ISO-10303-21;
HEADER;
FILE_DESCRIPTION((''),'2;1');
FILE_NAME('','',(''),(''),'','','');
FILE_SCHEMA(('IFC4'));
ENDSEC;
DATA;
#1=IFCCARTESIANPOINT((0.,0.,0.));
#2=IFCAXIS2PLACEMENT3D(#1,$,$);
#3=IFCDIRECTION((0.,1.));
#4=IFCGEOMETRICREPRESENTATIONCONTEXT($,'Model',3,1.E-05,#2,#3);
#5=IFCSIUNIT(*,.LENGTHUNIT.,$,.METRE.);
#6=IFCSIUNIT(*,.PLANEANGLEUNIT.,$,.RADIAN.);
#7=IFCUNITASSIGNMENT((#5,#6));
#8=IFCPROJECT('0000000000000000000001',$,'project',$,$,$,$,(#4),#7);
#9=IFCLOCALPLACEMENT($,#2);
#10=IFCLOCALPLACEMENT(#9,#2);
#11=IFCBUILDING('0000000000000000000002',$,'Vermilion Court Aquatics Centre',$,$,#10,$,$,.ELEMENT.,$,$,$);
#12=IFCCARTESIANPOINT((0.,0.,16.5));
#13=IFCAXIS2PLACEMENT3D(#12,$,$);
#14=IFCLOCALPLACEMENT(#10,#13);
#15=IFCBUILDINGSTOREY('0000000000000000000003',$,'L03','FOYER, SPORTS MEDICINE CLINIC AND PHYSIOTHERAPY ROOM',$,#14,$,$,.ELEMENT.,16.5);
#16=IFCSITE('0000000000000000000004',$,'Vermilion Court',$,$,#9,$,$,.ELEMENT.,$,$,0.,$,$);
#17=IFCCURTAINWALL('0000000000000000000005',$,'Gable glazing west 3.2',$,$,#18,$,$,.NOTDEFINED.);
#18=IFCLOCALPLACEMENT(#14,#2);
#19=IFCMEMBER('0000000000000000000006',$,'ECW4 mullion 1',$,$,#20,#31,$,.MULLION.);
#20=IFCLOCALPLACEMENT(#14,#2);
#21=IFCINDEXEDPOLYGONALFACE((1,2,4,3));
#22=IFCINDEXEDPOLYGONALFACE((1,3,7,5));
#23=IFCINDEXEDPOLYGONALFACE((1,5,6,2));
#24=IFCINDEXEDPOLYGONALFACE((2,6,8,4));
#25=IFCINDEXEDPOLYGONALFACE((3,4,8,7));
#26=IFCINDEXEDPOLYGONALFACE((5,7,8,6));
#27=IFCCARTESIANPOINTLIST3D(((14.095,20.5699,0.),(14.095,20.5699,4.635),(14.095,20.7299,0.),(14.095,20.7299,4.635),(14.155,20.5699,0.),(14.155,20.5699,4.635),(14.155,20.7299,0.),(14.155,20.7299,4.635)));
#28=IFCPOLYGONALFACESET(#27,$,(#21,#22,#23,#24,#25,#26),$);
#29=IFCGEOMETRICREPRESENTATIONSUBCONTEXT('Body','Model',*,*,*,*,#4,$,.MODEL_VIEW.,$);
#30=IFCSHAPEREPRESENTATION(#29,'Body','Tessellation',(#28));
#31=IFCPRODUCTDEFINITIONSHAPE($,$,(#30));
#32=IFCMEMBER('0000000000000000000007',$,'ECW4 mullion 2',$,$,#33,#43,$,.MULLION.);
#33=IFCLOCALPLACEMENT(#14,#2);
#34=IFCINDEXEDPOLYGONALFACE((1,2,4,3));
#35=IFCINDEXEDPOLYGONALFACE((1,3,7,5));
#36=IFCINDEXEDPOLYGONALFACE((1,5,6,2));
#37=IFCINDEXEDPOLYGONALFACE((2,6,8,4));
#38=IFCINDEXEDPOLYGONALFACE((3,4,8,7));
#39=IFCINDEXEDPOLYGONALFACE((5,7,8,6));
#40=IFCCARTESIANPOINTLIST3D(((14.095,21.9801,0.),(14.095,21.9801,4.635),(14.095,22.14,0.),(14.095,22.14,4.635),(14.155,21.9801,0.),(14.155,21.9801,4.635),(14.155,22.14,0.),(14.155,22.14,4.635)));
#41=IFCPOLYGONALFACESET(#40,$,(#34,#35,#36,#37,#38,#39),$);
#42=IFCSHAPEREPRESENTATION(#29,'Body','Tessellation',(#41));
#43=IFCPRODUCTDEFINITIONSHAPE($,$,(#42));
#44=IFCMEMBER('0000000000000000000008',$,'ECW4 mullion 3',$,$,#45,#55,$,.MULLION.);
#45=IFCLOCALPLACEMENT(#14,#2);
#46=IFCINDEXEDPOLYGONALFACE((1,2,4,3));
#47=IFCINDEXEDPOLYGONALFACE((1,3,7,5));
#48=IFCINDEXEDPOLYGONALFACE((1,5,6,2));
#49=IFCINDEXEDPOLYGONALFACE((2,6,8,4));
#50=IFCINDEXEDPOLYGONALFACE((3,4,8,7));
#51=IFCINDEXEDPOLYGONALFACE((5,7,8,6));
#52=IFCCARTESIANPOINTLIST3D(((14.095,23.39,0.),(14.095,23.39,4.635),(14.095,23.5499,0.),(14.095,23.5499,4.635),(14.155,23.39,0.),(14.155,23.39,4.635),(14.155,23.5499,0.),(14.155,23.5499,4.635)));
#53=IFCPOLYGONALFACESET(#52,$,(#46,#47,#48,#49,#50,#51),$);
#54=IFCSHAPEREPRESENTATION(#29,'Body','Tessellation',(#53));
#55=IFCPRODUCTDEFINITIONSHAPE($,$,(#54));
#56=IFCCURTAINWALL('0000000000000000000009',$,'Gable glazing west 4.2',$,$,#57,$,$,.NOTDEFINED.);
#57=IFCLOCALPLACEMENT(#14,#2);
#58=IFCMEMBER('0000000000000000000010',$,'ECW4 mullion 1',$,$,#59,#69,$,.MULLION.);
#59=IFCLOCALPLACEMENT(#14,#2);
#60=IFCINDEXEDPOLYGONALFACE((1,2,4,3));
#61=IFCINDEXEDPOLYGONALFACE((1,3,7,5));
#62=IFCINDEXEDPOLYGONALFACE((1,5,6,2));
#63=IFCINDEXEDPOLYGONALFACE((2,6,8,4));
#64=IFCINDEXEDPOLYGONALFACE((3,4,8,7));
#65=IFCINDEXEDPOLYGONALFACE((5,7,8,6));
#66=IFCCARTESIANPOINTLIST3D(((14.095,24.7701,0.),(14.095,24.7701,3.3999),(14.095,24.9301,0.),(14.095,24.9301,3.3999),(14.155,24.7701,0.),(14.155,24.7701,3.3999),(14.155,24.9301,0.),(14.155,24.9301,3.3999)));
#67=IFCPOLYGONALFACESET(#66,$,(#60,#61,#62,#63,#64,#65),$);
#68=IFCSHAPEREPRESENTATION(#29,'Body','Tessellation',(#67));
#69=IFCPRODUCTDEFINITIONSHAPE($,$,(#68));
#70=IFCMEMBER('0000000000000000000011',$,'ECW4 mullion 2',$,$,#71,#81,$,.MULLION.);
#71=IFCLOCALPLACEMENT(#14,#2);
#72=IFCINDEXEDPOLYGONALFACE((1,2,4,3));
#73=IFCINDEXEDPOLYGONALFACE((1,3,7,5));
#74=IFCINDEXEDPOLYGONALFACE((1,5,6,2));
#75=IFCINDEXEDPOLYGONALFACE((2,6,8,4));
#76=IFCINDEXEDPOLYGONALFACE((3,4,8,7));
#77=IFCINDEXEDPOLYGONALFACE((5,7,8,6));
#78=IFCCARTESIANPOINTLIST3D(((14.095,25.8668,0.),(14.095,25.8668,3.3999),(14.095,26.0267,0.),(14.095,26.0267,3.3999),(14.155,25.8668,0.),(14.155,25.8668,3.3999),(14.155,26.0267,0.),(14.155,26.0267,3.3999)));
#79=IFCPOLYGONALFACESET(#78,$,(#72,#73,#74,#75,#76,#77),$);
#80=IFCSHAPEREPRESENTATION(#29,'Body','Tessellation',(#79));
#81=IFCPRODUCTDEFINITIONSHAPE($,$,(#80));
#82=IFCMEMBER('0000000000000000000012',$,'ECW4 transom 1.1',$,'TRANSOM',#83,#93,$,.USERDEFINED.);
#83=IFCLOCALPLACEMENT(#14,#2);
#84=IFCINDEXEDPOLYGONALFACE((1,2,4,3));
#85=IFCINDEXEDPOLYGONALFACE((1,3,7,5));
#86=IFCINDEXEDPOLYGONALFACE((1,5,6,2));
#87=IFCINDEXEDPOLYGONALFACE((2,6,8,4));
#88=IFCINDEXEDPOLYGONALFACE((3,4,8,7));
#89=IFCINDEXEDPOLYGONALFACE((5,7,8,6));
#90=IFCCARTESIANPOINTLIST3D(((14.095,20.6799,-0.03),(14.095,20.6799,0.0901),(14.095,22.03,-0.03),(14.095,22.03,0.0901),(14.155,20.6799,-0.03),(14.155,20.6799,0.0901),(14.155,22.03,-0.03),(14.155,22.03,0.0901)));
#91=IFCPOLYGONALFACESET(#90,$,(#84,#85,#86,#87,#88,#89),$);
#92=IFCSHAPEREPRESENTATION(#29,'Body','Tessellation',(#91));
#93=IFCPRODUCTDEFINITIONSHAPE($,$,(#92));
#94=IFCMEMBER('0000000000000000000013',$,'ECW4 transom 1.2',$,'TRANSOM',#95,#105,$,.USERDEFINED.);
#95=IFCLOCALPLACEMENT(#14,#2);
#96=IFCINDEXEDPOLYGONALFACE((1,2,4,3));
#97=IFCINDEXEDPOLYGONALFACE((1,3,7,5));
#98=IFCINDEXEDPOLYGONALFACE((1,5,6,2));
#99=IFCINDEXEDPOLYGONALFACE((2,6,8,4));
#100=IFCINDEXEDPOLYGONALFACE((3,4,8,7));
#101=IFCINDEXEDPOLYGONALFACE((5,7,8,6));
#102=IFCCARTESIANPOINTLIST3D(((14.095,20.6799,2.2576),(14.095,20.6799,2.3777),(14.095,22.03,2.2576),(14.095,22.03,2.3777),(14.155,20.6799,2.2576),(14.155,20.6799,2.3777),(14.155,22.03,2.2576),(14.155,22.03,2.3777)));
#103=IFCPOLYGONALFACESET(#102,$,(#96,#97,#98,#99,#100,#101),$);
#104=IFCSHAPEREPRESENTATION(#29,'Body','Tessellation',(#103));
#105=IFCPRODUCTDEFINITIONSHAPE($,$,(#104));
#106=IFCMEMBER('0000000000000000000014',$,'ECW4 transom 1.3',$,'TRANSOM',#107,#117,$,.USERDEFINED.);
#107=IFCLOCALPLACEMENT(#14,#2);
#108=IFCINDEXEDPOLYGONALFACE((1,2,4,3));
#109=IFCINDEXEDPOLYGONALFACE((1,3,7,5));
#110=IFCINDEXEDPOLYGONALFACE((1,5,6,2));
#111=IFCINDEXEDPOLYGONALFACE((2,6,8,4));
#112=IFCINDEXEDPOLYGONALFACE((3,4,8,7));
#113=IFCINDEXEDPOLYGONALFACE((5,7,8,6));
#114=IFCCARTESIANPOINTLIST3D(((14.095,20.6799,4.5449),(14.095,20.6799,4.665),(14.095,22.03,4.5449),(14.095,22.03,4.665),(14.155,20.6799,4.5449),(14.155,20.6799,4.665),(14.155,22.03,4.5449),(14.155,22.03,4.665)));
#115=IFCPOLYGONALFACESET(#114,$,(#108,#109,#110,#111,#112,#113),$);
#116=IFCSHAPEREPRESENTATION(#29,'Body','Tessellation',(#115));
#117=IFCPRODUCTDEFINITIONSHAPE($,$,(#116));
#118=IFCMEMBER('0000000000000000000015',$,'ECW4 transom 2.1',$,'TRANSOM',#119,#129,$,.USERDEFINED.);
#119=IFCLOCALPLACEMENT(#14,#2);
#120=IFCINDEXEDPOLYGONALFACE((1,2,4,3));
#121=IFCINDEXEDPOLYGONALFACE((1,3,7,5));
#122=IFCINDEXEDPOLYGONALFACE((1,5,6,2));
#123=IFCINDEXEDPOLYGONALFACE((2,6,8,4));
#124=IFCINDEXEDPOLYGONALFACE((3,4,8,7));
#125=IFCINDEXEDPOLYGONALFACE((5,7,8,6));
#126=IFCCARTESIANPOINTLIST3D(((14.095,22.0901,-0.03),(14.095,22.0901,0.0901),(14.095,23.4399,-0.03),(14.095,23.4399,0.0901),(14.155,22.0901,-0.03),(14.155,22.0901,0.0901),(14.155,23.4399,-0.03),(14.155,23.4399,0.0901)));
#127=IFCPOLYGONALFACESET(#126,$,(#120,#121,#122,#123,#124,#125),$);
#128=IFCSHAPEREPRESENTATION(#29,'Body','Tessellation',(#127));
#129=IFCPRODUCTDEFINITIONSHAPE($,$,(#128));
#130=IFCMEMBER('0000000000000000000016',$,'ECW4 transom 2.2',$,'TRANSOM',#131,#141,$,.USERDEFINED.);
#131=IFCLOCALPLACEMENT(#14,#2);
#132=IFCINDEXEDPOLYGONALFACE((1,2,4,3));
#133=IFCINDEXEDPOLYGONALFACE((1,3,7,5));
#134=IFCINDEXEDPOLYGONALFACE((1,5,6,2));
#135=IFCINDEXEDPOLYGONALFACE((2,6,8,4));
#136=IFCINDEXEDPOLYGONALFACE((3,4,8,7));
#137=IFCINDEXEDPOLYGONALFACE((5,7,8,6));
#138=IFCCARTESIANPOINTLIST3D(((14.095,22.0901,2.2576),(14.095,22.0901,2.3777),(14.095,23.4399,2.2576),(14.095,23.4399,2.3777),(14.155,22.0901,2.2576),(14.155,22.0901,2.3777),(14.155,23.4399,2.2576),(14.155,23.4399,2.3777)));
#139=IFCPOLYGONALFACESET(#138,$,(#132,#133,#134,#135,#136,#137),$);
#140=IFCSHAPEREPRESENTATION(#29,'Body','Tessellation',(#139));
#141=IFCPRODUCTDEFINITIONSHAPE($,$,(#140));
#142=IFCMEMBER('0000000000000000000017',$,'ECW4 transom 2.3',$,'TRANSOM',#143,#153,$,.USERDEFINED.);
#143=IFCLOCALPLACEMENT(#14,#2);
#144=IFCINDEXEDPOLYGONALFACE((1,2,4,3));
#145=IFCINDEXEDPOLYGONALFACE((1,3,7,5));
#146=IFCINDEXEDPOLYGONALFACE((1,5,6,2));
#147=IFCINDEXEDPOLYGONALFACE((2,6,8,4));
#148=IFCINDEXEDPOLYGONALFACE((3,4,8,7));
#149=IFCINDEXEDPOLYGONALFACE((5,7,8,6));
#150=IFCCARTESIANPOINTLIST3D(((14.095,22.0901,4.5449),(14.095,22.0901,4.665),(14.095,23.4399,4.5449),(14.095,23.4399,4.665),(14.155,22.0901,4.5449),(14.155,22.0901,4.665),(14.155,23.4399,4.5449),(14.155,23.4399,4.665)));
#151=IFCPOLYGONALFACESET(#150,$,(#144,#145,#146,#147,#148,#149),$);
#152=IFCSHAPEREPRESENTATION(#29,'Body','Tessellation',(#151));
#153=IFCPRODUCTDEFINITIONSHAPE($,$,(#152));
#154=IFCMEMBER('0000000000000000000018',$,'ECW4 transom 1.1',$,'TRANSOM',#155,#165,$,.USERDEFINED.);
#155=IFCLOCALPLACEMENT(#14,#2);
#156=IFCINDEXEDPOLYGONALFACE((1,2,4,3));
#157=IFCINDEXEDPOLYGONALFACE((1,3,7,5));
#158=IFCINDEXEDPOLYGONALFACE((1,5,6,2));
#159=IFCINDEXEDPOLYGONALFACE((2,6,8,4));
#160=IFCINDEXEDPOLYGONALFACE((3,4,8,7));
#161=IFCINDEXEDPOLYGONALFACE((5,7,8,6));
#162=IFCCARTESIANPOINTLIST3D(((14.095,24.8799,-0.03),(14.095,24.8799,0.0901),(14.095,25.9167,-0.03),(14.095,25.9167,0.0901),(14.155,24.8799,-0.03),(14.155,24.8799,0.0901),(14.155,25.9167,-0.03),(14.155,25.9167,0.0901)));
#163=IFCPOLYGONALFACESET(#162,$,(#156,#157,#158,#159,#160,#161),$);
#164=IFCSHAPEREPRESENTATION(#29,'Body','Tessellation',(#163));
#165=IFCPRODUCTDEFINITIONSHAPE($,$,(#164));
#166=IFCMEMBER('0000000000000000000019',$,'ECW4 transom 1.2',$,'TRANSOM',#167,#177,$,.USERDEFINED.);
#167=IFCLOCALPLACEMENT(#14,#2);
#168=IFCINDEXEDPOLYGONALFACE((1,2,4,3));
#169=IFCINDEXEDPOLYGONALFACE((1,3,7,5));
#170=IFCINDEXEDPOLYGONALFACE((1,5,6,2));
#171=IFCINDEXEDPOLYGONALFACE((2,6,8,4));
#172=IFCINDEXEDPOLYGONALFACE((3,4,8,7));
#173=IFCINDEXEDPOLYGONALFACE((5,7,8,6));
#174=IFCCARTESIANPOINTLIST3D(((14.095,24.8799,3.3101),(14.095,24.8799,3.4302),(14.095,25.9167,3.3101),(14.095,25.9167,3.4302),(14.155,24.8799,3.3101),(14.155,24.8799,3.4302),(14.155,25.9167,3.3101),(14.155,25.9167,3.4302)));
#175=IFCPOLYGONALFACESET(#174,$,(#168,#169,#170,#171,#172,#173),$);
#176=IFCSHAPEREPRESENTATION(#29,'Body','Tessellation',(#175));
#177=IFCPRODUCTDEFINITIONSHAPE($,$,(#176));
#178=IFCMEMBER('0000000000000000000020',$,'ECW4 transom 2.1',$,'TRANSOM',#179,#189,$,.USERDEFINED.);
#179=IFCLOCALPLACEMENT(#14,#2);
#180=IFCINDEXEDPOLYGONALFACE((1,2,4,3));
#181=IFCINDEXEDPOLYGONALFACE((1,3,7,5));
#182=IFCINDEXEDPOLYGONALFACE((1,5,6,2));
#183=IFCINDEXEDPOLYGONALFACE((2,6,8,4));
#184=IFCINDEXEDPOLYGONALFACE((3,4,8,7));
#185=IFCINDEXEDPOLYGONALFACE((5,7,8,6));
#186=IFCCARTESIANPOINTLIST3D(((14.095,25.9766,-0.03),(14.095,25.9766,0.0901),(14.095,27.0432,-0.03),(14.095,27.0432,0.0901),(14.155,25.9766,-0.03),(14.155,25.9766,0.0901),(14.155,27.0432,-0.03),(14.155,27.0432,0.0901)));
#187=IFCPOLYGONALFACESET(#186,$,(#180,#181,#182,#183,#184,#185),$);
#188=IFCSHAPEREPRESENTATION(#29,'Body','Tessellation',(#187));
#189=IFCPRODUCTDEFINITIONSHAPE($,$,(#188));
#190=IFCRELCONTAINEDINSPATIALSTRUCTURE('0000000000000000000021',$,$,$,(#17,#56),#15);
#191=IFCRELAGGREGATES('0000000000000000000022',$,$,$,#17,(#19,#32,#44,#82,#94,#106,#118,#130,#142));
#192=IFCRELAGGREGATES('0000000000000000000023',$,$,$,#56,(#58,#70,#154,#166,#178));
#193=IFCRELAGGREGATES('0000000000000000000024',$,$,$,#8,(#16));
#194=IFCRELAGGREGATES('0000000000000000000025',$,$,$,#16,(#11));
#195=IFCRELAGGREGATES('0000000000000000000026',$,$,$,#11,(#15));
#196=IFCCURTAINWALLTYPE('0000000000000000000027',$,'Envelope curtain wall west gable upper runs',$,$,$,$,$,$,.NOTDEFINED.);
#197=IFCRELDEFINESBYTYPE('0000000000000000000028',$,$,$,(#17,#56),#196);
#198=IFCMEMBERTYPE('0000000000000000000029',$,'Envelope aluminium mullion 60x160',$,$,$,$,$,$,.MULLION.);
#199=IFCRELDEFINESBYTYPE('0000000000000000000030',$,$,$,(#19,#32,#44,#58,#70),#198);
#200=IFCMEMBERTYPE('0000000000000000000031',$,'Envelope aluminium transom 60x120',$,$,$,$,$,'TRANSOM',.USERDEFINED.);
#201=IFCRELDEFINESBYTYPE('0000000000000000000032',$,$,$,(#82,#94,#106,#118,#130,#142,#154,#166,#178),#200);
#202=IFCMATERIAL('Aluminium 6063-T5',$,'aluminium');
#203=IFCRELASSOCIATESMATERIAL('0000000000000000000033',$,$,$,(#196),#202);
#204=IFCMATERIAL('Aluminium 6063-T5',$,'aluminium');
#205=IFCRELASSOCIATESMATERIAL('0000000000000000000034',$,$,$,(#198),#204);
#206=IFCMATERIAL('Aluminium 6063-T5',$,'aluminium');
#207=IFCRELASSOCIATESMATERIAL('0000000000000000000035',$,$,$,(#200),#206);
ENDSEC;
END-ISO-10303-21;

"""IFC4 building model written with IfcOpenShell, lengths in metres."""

from ifc_helpers import new_model, si_unit, direction, frame, origin, origin_2d, place, context, subcontext, project, spatial, rectangle, extrude, material, material_profile, profile_set, type_object, element, aggregate, save


model = new_model("IFC4")

# Units and contexts
model_context = context("Model", 3, precision=1e-05, world=origin(), true_north=direction((0.0, 1.0)))
body_context = subcontext(model_context, "Body", "Model", "MODEL_VIEW")
ifc_project = project(units=[si_unit("LENGTHUNIT", "METRE"), si_unit("PLANEANGLEUNIT", "RADIAN")], contexts=[model_context])

# Site, building, storey
site_placement = place(None, origin())
site = spatial("IfcSite", under=ifc_project, at=site_placement, Name="Vermilion Court", CompositionType="ELEMENT", RefElevation=0.0)
building_placement = place(site_placement, origin())
building = spatial("IfcBuilding", under=site, at=building_placement, Name="Vermilion Court Aquatics Centre", CompositionType="ELEMENT")
storey_placement = place(building_placement, frame((0.0, 0.0, 16.5)))
storey = spatial("IfcBuildingStorey", under=building, at=storey_placement, Name="L03", Description="FOYER, SPORTS MEDICINE CLINIC AND PHYSIOTHERAPY ROOM", CompositionType="ELEMENT", Elevation=16.5)

# Curtain walls, members
ifc_material_1 = material(Name="Aluminium 6063-T5", Category="aluminium")
curtain_wall_type = type_object("IfcCurtainWallType", Name="Envelope curtain wall west gable upper runs", PredefinedType="NOTDEFINED", material=ifc_material_1)
curtain_wall_1_placement = place(storey_placement, origin())
curtain_wall_1 = element("IfcCurtainWall", 1, at=curtain_wall_1_placement, inside=storey, type_object=curtain_wall_type, Name="Gable glazing west 3.2", PredefinedType="NOTDEFINED")
ifc_material_2 = material(Name="Aluminium 6063-T5", Category="aluminium")
ifc_material_profile_1 = material_profile(ifc_material_2, rectangle(XDim=0.0601, YDim=0.1599, at=origin_2d()), Name="AL 60x160")
ifc_profile_set_1 = profile_set([ifc_material_profile_1], Name="Aluminium 6063-T5")
member_type_1 = type_object("IfcMemberType", Name="Envelope aluminium mullion 60x160", PredefinedType="MULLION", material=ifc_profile_set_1)
member_1_placement = place(storey_placement, frame((14.125, 20.6499, 0.0), z_axis=(0.0, 0.0, 1.0), x_axis=(-1.0, 0.0, 0.0)))
member_1 = element("IfcMember", 2, at=member_1_placement, type_object=member_type_1, Name="ECW4 mullion 1", PredefinedType="MULLION", context=body_context, shape_type="SweptSolid", body=[
    extrude(rectangle(XDim=0.0601, YDim=0.1599, at=origin_2d()), origin(), (0.0, 0.0, 1.0), 4.635),
])
member_2_placement = place(storey_placement, frame((14.125, 22.0601, 0.0), z_axis=(0.0, 0.0, 1.0), x_axis=(-1.0, 0.0, 0.0)))
member_2 = element("IfcMember", 3, at=member_2_placement, type_object=member_type_1, Name="ECW4 mullion 2", PredefinedType="MULLION", context=body_context, shape_type="SweptSolid", body=[
    extrude(rectangle(XDim=0.0601, YDim=0.1599, at=origin_2d()), origin(), (0.0, 0.0, 1.0), 4.635),
])
member_3_placement = place(storey_placement, frame((14.125, 23.47, 0.0), z_axis=(0.0, 0.0, 1.0), x_axis=(-1.0, 0.0, 0.0)))
member_3 = element("IfcMember", 4, at=member_3_placement, type_object=member_type_1, Name="ECW4 mullion 3", PredefinedType="MULLION", context=body_context, shape_type="SweptSolid", body=[
    extrude(rectangle(XDim=0.0601, YDim=0.1599, at=origin_2d()), origin(), (0.0, 0.0, 1.0), 4.635),
])
curtain_wall_2_placement = place(storey_placement, origin())
curtain_wall_2 = element("IfcCurtainWall", 5, at=curtain_wall_2_placement, inside=storey, type_object=curtain_wall_type, Name="Gable glazing west 4.2", PredefinedType="NOTDEFINED")
member_4_placement = place(storey_placement, frame((14.125, 24.8501, 0.0), z_axis=(0.0, 0.0, 1.0), x_axis=(-1.0, 0.0, 0.0)))
member_4 = element("IfcMember", 6, at=member_4_placement, type_object=member_type_1, Name="ECW4 mullion 1", PredefinedType="MULLION", context=body_context, shape_type="SweptSolid", body=[
    extrude(rectangle(XDim=0.0601, YDim=0.1599, at=origin_2d()), origin(), (0.0, 0.0, 1.0), 3.3999),
])
member_5_placement = place(storey_placement, frame((14.125, 25.9468, 0.0), z_axis=(0.0, 0.0, 1.0), x_axis=(-1.0, 0.0, 0.0)))
member_5 = element("IfcMember", 7, at=member_5_placement, type_object=member_type_1, Name="ECW4 mullion 2", PredefinedType="MULLION", context=body_context, shape_type="SweptSolid", body=[
    extrude(rectangle(XDim=0.0601, YDim=0.1599, at=origin_2d()), origin(), (0.0, 0.0, 1.0), 3.3999),
])

# Members
ifc_material_3 = material(Name="Aluminium 6063-T5", Category="aluminium")
ifc_material_profile_2 = material_profile(ifc_material_3, rectangle(XDim=0.0601, YDim=0.1201, at=origin_2d()), Name="AL 60x120")
ifc_profile_set_2 = profile_set([ifc_material_profile_2], Name="Aluminium 6063-T5")
member_type_2 = type_object("IfcMemberType", Name="Envelope aluminium transom 60x120", ElementType="TRANSOM", PredefinedType="USERDEFINED", material=ifc_profile_set_2)
member_6_placement = place(storey_placement, frame((14.125, 20.6799, 0.03), z_axis=(0.0, 1.0, 0.0), x_axis=(-1.0, 0.0, 0.0)))
member_6 = element("IfcMember", 8, at=member_6_placement, type_object=member_type_2, Name="ECW4 transom 1.1", ObjectType="TRANSOM", PredefinedType="USERDEFINED", context=body_context, shape_type="SweptSolid", body=[
    extrude(rectangle(XDim=0.0601, YDim=0.1201, at=origin_2d()), origin(), (0.0, 0.0, 1.0), 1.3501),
])
member_7_placement = place(storey_placement, frame((14.125, 20.6799, 2.3176), z_axis=(0.0, 1.0, 0.0), x_axis=(-1.0, 0.0, 0.0)))
member_7 = element("IfcMember", 9, at=member_7_placement, type_object=member_type_2, Name="ECW4 transom 1.2", ObjectType="TRANSOM", PredefinedType="USERDEFINED", context=body_context, shape_type="SweptSolid", body=[
    extrude(rectangle(XDim=0.0601, YDim=0.1201, at=origin_2d()), origin(), (0.0, 0.0, 1.0), 1.3501),
])
member_8_placement = place(storey_placement, frame((14.125, 20.6799, 4.605), z_axis=(0.0, 1.0, 0.0), x_axis=(-1.0, 0.0, 0.0)))
member_8 = element("IfcMember", 10, at=member_8_placement, type_object=member_type_2, Name="ECW4 transom 1.3", ObjectType="TRANSOM", PredefinedType="USERDEFINED", context=body_context, shape_type="SweptSolid", body=[
    extrude(rectangle(XDim=0.0601, YDim=0.1201, at=origin_2d()), origin(), (0.0, 0.0, 1.0), 1.3501),
])
member_9_placement = place(storey_placement, frame((14.125, 22.0901, 0.03), z_axis=(0.0, 1.0, 0.0), x_axis=(-1.0, 0.0, 0.0)))
member_9 = element("IfcMember", 11, at=member_9_placement, type_object=member_type_2, Name="ECW4 transom 2.1", ObjectType="TRANSOM", PredefinedType="USERDEFINED", context=body_context, shape_type="SweptSolid", body=[
    extrude(rectangle(XDim=0.0601, YDim=0.1201, at=origin_2d()), origin(), (0.0, 0.0, 1.0), 1.3499),
])
member_10_placement = place(storey_placement, frame((14.125, 22.0901, 2.3176), z_axis=(0.0, 1.0, 0.0), x_axis=(-1.0, 0.0, 0.0)))
member_10 = element("IfcMember", 12, at=member_10_placement, type_object=member_type_2, Name="ECW4 transom 2.2", ObjectType="TRANSOM", PredefinedType="USERDEFINED", context=body_context, shape_type="SweptSolid", body=[
    extrude(rectangle(XDim=0.0601, YDim=0.1201, at=origin_2d()), origin(), (0.0, 0.0, 1.0), 1.3499),
])
member_11_placement = place(storey_placement, frame((14.125, 22.0901, 4.605), z_axis=(0.0, 1.0, 0.0), x_axis=(-1.0, 0.0, 0.0)))
member_11 = element("IfcMember", 13, at=member_11_placement, type_object=member_type_2, Name="ECW4 transom 2.3", ObjectType="TRANSOM", PredefinedType="USERDEFINED", context=body_context, shape_type="SweptSolid", body=[
    extrude(rectangle(XDim=0.0601, YDim=0.1201, at=origin_2d()), origin(), (0.0, 0.0, 1.0), 1.3499),
])
member_12_placement = place(storey_placement, frame((14.125, 24.8799, 0.03), z_axis=(0.0, 1.0, 0.0), x_axis=(-1.0, 0.0, 0.0)))
member_12 = element("IfcMember", 14, at=member_12_placement, type_object=member_type_2, Name="ECW4 transom 1.1", ObjectType="TRANSOM", PredefinedType="USERDEFINED", context=body_context, shape_type="SweptSolid", body=[
    extrude(rectangle(XDim=0.0601, YDim=0.1201, at=origin_2d()), origin(), (0.0, 0.0, 1.0), 1.0369),
])
member_13_placement = place(storey_placement, frame((14.125, 24.8799, 3.3701), z_axis=(0.0, 1.0, 0.0), x_axis=(-1.0, 0.0, 0.0)))
member_13 = element("IfcMember", 15, at=member_13_placement, type_object=member_type_2, Name="ECW4 transom 1.2", ObjectType="TRANSOM", PredefinedType="USERDEFINED", context=body_context, shape_type="SweptSolid", body=[
    extrude(rectangle(XDim=0.0601, YDim=0.1201, at=origin_2d()), origin(), (0.0, 0.0, 1.0), 1.0369),
])
member_14_placement = place(storey_placement, frame((14.125, 25.9766, 0.03), z_axis=(0.0, 1.0, 0.0), x_axis=(-1.0, 0.0, 0.0)))
member_14 = element("IfcMember", 16, at=member_14_placement, type_object=member_type_2, Name="ECW4 transom 2.1", ObjectType="TRANSOM", PredefinedType="USERDEFINED", context=body_context, shape_type="SweptSolid", body=[
    extrude(rectangle(XDim=0.0601, YDim=0.1201, at=origin_2d()), origin(), (0.0, 0.0, 1.0), 1.0667),
])

aggregate(curtain_wall_1, [member_1, member_2, member_3, member_6, member_7, member_8, member_9, member_10, member_11])
aggregate(curtain_wall_2, [member_4, member_5, member_12, member_13, member_14])

save(model, "model.ifc")
